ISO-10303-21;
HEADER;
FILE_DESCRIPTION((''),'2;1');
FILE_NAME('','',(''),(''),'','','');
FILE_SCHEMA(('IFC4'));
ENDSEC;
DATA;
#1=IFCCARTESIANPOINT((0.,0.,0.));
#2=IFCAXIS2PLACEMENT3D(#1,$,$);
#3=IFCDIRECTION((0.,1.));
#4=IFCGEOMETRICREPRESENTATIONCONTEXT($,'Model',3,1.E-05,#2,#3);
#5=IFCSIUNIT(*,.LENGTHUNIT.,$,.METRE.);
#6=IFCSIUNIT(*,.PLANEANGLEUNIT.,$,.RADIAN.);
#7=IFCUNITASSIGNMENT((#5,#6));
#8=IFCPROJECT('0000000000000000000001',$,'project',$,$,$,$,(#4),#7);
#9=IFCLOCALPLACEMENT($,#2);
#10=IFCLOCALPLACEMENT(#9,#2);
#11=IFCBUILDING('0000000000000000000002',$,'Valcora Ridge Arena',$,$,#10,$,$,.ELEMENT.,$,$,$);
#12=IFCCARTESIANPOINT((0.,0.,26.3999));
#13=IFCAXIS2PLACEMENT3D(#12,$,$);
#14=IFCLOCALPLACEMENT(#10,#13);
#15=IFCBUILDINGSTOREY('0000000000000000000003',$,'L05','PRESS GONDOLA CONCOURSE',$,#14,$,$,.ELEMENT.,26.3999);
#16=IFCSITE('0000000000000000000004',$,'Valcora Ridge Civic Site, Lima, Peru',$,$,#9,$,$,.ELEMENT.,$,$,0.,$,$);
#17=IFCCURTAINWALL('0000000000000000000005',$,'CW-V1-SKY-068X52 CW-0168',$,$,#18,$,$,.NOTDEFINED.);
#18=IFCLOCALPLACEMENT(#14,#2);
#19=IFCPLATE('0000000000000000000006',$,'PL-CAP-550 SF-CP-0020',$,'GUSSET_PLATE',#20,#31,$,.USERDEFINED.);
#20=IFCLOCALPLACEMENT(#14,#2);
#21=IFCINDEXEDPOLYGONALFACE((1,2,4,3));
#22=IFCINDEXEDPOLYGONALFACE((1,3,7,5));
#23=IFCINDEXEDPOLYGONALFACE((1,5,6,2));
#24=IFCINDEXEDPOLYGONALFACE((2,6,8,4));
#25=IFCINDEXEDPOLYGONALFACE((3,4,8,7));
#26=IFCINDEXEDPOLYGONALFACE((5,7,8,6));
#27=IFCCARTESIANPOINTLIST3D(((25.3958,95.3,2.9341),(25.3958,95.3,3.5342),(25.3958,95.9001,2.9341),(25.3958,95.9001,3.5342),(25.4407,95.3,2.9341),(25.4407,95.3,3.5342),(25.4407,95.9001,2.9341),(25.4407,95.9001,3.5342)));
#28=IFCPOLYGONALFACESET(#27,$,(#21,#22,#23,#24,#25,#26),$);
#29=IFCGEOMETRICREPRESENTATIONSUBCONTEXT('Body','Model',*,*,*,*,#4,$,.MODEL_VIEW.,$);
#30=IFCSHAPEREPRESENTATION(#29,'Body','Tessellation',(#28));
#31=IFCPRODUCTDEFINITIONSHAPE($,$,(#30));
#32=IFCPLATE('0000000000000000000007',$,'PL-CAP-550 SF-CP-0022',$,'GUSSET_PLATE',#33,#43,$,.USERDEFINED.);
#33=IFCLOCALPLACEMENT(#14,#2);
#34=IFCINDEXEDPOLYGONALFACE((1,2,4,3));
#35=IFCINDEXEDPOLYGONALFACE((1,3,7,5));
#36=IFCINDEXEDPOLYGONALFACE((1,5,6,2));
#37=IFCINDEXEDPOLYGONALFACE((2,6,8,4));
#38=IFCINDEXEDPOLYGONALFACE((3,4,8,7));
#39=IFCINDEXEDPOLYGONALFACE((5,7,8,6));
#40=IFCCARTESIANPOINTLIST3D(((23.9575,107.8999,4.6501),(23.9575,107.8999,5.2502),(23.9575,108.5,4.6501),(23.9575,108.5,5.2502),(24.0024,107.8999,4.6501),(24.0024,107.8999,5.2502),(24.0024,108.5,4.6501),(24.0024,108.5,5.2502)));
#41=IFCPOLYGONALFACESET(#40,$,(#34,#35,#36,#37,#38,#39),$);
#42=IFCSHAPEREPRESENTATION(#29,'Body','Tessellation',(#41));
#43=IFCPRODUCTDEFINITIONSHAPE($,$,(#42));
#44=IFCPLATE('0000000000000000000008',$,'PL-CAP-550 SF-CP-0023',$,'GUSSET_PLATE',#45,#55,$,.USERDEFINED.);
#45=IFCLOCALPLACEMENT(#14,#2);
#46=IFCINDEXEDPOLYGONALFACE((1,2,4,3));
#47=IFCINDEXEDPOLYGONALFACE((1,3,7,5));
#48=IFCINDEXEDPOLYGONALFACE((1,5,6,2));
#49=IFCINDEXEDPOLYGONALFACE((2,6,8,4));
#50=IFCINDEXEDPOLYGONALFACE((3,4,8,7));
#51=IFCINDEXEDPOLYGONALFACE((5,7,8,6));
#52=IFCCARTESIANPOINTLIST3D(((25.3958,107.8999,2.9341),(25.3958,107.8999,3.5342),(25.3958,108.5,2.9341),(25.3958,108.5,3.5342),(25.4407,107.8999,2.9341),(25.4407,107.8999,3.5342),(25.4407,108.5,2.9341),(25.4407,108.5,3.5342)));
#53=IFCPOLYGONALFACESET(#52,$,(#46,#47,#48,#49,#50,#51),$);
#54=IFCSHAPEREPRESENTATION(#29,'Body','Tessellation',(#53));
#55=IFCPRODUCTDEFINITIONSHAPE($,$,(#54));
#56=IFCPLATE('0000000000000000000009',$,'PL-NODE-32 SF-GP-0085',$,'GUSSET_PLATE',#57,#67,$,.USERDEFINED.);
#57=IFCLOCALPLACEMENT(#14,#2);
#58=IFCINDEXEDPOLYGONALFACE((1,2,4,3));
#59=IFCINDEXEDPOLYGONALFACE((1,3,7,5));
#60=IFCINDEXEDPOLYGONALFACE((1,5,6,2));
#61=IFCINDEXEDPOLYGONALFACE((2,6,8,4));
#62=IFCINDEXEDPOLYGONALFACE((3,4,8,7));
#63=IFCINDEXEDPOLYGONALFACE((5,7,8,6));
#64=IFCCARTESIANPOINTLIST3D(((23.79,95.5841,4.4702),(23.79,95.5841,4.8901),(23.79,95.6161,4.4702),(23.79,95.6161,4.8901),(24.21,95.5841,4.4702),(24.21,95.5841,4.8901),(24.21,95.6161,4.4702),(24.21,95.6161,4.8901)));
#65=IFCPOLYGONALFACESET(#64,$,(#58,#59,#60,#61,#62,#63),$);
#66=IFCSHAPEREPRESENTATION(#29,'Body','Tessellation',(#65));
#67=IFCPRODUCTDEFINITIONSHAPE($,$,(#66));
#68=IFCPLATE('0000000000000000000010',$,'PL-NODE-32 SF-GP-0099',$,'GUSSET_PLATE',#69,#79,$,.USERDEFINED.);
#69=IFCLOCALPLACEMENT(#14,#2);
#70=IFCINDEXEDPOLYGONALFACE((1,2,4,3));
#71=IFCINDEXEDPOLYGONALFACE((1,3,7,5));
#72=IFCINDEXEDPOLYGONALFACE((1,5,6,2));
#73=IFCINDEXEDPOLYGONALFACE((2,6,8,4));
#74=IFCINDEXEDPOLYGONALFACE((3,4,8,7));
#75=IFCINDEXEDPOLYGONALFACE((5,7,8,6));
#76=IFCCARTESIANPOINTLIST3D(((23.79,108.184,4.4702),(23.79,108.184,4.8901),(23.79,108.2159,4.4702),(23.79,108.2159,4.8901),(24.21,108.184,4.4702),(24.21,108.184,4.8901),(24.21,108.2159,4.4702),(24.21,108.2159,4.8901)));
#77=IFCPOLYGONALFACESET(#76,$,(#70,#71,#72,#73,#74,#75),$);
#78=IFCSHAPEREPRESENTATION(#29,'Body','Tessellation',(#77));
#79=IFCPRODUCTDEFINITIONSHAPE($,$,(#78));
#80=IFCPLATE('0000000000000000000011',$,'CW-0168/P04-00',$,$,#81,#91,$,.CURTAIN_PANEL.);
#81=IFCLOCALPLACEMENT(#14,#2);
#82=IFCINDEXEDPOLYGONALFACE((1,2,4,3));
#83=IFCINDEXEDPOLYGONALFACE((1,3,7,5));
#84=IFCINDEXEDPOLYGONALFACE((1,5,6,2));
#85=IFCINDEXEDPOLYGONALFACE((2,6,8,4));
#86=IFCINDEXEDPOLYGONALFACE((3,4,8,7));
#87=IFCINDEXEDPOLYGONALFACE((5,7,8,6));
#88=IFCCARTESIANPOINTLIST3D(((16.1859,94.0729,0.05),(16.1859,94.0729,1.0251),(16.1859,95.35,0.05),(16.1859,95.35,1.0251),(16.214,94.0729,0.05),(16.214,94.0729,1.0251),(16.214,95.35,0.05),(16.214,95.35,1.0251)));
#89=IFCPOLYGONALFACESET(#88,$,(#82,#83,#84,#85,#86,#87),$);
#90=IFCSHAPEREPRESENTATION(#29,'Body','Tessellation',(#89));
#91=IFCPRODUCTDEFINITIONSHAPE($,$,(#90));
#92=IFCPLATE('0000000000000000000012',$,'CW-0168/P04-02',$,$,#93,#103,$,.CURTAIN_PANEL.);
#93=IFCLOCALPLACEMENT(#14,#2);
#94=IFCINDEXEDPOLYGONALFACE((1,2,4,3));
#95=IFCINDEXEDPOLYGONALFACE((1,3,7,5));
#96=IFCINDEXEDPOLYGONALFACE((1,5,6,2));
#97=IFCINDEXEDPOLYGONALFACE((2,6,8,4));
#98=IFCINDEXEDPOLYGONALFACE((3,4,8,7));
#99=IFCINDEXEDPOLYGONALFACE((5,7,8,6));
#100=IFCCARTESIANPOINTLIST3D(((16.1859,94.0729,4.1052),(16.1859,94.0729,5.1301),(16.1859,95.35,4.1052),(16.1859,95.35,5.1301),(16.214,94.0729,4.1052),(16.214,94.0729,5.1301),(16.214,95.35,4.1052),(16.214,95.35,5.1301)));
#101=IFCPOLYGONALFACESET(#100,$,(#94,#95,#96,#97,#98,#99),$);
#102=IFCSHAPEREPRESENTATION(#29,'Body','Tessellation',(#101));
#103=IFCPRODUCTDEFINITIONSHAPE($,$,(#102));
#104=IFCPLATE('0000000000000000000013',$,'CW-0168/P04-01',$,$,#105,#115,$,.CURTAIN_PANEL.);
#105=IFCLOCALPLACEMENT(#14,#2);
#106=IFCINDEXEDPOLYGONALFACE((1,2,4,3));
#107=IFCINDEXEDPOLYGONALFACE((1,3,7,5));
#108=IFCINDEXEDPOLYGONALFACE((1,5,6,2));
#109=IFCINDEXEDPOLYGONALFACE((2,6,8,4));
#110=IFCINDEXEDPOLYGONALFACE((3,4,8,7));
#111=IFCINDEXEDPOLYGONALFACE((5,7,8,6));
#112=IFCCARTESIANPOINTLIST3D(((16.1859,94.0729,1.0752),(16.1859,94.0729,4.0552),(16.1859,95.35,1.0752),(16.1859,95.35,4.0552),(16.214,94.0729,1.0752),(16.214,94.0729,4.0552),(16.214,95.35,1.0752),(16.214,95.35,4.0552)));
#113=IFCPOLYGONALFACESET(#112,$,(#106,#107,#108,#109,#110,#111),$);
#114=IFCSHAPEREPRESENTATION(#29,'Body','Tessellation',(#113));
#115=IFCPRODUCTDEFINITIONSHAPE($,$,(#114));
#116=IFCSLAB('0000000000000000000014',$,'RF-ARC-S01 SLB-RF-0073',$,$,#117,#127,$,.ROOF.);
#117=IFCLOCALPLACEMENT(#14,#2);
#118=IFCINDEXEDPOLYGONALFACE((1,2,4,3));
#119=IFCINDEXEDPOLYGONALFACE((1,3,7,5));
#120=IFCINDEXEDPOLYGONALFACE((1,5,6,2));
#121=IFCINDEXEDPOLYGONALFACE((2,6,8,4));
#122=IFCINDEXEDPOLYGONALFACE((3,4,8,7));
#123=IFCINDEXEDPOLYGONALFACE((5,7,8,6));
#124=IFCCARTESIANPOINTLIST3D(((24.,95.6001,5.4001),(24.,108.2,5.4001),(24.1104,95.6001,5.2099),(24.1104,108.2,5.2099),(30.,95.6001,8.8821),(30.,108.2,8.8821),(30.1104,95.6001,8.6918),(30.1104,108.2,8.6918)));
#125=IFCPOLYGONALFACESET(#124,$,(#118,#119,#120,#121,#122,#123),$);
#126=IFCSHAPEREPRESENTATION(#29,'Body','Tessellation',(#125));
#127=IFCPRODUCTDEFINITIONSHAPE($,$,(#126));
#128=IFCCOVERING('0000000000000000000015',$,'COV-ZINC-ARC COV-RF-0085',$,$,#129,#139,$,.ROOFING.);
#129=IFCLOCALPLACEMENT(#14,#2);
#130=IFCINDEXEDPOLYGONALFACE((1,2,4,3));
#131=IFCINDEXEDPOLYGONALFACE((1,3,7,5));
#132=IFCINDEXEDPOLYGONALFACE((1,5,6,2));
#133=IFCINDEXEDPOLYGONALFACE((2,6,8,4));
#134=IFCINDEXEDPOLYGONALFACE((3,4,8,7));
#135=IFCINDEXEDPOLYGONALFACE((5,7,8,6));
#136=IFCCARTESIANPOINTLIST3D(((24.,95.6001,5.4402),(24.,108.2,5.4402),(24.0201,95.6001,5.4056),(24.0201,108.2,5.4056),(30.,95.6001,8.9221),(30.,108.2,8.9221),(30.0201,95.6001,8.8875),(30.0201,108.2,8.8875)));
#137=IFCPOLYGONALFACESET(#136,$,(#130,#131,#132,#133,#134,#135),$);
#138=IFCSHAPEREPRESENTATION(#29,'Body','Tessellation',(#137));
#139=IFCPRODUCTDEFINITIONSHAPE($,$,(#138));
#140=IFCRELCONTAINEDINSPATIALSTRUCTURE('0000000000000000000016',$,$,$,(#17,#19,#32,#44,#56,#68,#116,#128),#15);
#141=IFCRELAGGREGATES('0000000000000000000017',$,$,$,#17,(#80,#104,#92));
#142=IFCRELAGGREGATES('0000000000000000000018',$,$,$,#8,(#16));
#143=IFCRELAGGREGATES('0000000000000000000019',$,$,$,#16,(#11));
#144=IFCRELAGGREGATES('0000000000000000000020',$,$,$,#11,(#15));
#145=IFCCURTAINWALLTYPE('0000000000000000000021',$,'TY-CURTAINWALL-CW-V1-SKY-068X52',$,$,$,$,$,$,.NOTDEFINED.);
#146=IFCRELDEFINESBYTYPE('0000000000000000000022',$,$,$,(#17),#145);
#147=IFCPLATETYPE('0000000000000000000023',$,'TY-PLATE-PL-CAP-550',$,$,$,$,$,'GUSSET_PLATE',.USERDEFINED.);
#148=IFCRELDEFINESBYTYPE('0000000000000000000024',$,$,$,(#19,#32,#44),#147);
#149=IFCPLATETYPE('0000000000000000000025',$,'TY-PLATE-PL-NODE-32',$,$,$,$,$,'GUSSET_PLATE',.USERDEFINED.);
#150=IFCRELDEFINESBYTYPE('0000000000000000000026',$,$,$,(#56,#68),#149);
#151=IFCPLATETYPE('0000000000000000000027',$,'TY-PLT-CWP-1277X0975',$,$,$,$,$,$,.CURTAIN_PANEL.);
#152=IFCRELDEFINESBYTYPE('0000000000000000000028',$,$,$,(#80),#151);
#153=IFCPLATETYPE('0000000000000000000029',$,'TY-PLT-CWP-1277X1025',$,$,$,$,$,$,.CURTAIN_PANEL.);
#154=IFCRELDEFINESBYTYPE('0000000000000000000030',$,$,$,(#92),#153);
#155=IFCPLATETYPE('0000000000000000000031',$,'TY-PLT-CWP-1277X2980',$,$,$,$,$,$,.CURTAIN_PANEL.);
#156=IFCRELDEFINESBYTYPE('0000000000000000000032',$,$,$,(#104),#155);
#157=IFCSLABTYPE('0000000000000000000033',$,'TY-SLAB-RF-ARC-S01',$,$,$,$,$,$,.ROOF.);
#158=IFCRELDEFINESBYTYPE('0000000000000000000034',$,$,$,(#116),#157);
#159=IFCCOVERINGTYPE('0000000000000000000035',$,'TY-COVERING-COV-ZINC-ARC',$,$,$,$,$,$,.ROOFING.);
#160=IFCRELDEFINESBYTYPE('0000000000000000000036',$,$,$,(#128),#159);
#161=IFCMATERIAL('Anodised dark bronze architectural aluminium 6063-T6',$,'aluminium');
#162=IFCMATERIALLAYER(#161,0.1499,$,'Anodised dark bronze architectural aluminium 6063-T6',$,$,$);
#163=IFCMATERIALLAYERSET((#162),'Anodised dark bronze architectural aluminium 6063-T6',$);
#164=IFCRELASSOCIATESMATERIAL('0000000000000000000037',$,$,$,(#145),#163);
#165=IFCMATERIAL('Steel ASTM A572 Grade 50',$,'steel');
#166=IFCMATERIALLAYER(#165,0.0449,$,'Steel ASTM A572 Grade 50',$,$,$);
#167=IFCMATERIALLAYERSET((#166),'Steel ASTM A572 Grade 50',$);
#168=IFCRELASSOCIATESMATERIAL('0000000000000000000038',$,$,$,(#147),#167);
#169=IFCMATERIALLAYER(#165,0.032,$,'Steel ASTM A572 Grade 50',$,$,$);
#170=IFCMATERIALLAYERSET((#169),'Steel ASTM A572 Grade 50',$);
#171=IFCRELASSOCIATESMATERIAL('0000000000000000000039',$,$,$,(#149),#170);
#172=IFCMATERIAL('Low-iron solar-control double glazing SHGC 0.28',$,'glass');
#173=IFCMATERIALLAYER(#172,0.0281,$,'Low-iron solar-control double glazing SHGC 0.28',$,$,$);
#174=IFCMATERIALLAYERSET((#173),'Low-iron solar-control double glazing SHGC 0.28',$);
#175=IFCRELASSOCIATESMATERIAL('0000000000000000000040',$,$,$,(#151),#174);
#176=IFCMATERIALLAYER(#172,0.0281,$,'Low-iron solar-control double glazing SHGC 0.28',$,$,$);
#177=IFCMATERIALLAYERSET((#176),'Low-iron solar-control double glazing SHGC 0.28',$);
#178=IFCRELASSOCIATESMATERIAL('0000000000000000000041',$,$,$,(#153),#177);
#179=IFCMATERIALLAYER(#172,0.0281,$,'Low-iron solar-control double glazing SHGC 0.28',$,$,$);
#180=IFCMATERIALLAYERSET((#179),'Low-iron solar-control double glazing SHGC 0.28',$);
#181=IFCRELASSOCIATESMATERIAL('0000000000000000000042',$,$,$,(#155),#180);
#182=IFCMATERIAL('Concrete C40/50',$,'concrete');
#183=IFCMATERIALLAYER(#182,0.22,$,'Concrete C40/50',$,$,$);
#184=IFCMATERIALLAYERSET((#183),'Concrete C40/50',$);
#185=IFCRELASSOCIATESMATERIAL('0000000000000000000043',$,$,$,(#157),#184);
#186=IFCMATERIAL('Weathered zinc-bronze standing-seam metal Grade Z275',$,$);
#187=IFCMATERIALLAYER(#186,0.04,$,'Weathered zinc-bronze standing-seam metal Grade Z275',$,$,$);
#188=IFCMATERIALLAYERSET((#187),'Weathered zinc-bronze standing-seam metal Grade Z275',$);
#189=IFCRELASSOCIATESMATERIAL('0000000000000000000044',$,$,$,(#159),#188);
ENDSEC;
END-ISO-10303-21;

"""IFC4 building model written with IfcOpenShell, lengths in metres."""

from ifc_helpers import new_model, si_unit, direction, frame, origin, origin_2d, place, context, subcontext, project, spatial, polyline, rectangle, outline, extrude, material, layer, layer_set, type_object, element, aggregate, save


model = new_model("IFC4")

# Units and contexts
model_context = context("Model", 3, precision=1e-05, world=origin(), true_north=direction((0.0, 1.0)))
body_context = subcontext(model_context, "Body", "Model", "MODEL_VIEW")
ifc_project = project(units=[si_unit("LENGTHUNIT", "METRE"), si_unit("PLANEANGLEUNIT", "RADIAN")], contexts=[model_context])

# Site, building, storey
site_placement = place(None, origin())
site = spatial("IfcSite", under=ifc_project, at=site_placement, Name="Valcora Ridge Civic Site, Lima, Peru", CompositionType="ELEMENT", RefElevation=0.0)
building_placement = place(site_placement, origin())
building = spatial("IfcBuilding", under=site, at=building_placement, Name="Valcora Ridge Arena", CompositionType="ELEMENT")
storey_placement = place(building_placement, frame((0.0, 0.0, 26.3999)))
storey = spatial("IfcBuildingStorey", under=building, at=storey_placement, Name="L05", Description="PRESS GONDOLA CONCOURSE", CompositionType="ELEMENT", Elevation=26.3999)

# Curtain wall
ifc_material_1 = material(Name="Anodised dark bronze architectural aluminium 6063-T6", Category="aluminium")
ifc_layer_1 = layer(ifc_material_1, 0.1499, Name="Anodised dark bronze architectural aluminium 6063-T6")
ifc_layer_set_1 = layer_set([ifc_layer_1], Name="Anodised dark bronze architectural aluminium 6063-T6")
curtain_wall_type = type_object("IfcCurtainWallType", Name="TY-CURTAINWALL-CW-V1-SKY-068X52", PredefinedType="NOTDEFINED", material=ifc_layer_set_1)
curtain_wall_placement = place(storey_placement, origin())
curtain_wall = element("IfcCurtainWall", 1, at=curtain_wall_placement, inside=storey, type_object=curtain_wall_type, Name="CW-V1-SKY-068X52 CW-0168", PredefinedType="NOTDEFINED")

# Shared definitions
ifc_material_2 = material(Name="Steel ASTM A572 Grade 50", Category="steel")

# Plates
ifc_layer_2 = layer(ifc_material_2, 0.0449, Name="Steel ASTM A572 Grade 50")
ifc_layer_set_2 = layer_set([ifc_layer_2], Name="Steel ASTM A572 Grade 50")
plate_type_1 = type_object("IfcPlateType", Name="TY-PLATE-PL-CAP-550", ElementType="GUSSET_PLATE", PredefinedType="USERDEFINED", material=ifc_layer_set_2)
for number, where, z_axis, x_axis, name in (
    (2, (25.4182, 95.6001, 2.9341), (0.0, 0.0, 1.0), (1.0, 0.0, 0.0), "PL-CAP-550 SF-CP-0020"),
    (3, (23.98, 108.2, 4.6501), (0.0, 0.0, 1.0), (1.0, 0.0, 0.0), "PL-CAP-550 SF-CP-0022"),
    (4, (25.4182, 108.2, 2.9341), (0.0, 0.0, 1.0), (1.0, 0.0, 0.0), "PL-CAP-550 SF-CP-0023"),
):
    element("IfcPlate", number, at=place(storey_placement, frame(where, z_axis=z_axis, x_axis=x_axis)), inside=storey, type_object=plate_type_1, Name=name, ObjectType="GUSSET_PLATE", PredefinedType="USERDEFINED", context=body_context, shape_type="SweptSolid", body=[
        extrude(rectangle(XDim=0.0449, YDim=0.6001, at=origin_2d()), origin(), (0.0, 0.0, 1.0), 0.6001),
    ])
ifc_layer_3 = layer(ifc_material_2, 0.032, Name="Steel ASTM A572 Grade 50")
ifc_layer_set_3 = layer_set([ifc_layer_3], Name="Steel ASTM A572 Grade 50")
plate_type_2 = type_object("IfcPlateType", Name="TY-PLATE-PL-NODE-32", ElementType="GUSSET_PLATE", PredefinedType="USERDEFINED", material=ifc_layer_set_3)
for number, where, z_axis, x_axis, name in (
    (5, (24.0, 95.6001, 4.4702), (0.0, 0.0, 1.0), (1.0, 0.0, 0.0), "PL-NODE-32 SF-GP-0085"),
    (6, (24.0, 108.2, 4.4702), (0.0, 0.0, 1.0), (1.0, 0.0, 0.0), "PL-NODE-32 SF-GP-0099"),
):
    element("IfcPlate", number, at=place(storey_placement, frame(where, z_axis=z_axis, x_axis=x_axis)), inside=storey, type_object=plate_type_2, Name=name, ObjectType="GUSSET_PLATE", PredefinedType="USERDEFINED", context=body_context, shape_type="SweptSolid", body=[
        extrude(rectangle(XDim=0.4199, YDim=0.032, at=origin_2d()), origin(), (0.0, 0.0, 1.0), 0.4199),
    ])

# Plates
ifc_material_3 = material(Name="Low-iron solar-control double glazing SHGC 0.28", Category="glass")
ifc_layer_4 = layer(ifc_material_3, 0.0281, Name="Low-iron solar-control double glazing SHGC 0.28")
ifc_layer_set_4 = layer_set([ifc_layer_4], Name="Low-iron solar-control double glazing SHGC 0.28")
plate_type_3 = type_object("IfcPlateType", Name="TY-PLT-CWP-1277X0975", PredefinedType="CURTAIN_PANEL", material=ifc_layer_set_4)
plate_1_placement = place(storey_placement, frame((16.2, 94.7114, 0.05), z_axis=(0.0, 0.0, 1.0), x_axis=(0.0, 1.0, 0.0)))
plate_1 = element("IfcPlate", 7, at=plate_1_placement, type_object=plate_type_3, Name="CW-0168/P04-00", PredefinedType="CURTAIN_PANEL", context=body_context, shape_type="SweptSolid", body=[
    extrude(rectangle(XDim=1.2771, YDim=0.0281, at=origin_2d()), origin(), (0.0, 0.0, 1.0), 0.9751),
])
ifc_layer_5 = layer(ifc_material_3, 0.0281, Name="Low-iron solar-control double glazing SHGC 0.28")
ifc_layer_set_5 = layer_set([ifc_layer_5], Name="Low-iron solar-control double glazing SHGC 0.28")
plate_type_4 = type_object("IfcPlateType", Name="TY-PLT-CWP-1277X1025", PredefinedType="CURTAIN_PANEL", material=ifc_layer_set_5)
plate_2_placement = place(storey_placement, frame((16.2, 94.7114, 4.1052), z_axis=(0.0, 0.0, 1.0), x_axis=(0.0, 1.0, 0.0)))
plate_2 = element("IfcPlate", 8, at=plate_2_placement, type_object=plate_type_4, Name="CW-0168/P04-02", PredefinedType="CURTAIN_PANEL", context=body_context, shape_type="SweptSolid", body=[
    extrude(rectangle(XDim=1.2771, YDim=0.0281, at=origin_2d()), origin(), (0.0, 0.0, 1.0), 1.0249),
])
ifc_layer_6 = layer(ifc_material_3, 0.0281, Name="Low-iron solar-control double glazing SHGC 0.28")
ifc_layer_set_6 = layer_set([ifc_layer_6], Name="Low-iron solar-control double glazing SHGC 0.28")
plate_type_5 = type_object("IfcPlateType", Name="TY-PLT-CWP-1277X2980", PredefinedType="CURTAIN_PANEL", material=ifc_layer_set_6)
plate_3_placement = place(storey_placement, frame((16.2, 94.7114, 1.0752), z_axis=(0.0, 0.0, 1.0), x_axis=(0.0, 1.0, 0.0)))
plate_3 = element("IfcPlate", 9, at=plate_3_placement, type_object=plate_type_5, Name="CW-0168/P04-01", PredefinedType="CURTAIN_PANEL", context=body_context, shape_type="SweptSolid", body=[
    extrude(rectangle(XDim=1.2771, YDim=0.0281, at=origin_2d()), origin(), (0.0, 0.0, 1.0), 2.98),
])
aggregate(curtain_wall, [plate_1, plate_3, plate_2])

# Slab
ifc_material_4 = material(Name="Concrete C40/50", Category="concrete")
ifc_layer_7 = layer(ifc_material_4, 0.22, Name="Concrete C40/50")
ifc_layer_set_7 = layer_set([ifc_layer_7], Name="Concrete C40/50")
slab_type = type_object("IfcSlabType", Name="TY-SLAB-RF-ARC-S01", PredefinedType="ROOF", material=ifc_layer_set_7)
slab_placement = place(storey_placement, frame((24.0, 95.6001, 5.4001), z_axis=(-0.501927, 0.0, 0.86491), x_axis=(0.86491, 0.0, 0.501927)))
element("IfcSlab", 10, at=slab_placement, inside=storey, type_object=slab_type, Name="RF-ARC-S01 SLB-RF-0073", PredefinedType="ROOF", context=body_context, shape_type="SweptSolid", body=[
    extrude(outline(polyline([(0.0, 0.0), (6.9371, 0.0), (6.9371, 12.5999), (0.0, 12.5999), (0.0, 0.0)])), origin(), (0.0, 0.0, -1.0), 0.22),
])

# Covering
ifc_material_5 = material(Name="Weathered zinc-bronze standing-seam metal Grade Z275")
ifc_layer_8 = layer(ifc_material_5, 0.04, Name="Weathered zinc-bronze standing-seam metal Grade Z275")
ifc_layer_set_8 = layer_set([ifc_layer_8], Name="Weathered zinc-bronze standing-seam metal Grade Z275")
covering_type = type_object("IfcCoveringType", Name="TY-COVERING-COV-ZINC-ARC", PredefinedType="ROOFING", material=ifc_layer_set_8)
covering_placement = place(storey_placement, frame((24.0, 95.6001, 5.4402), z_axis=(-0.501927, 0.0, 0.86491), x_axis=(0.86491, 0.0, 0.501927)))
element("IfcCovering", 11, at=covering_placement, inside=storey, type_object=covering_type, Name="COV-ZINC-ARC COV-RF-0085", PredefinedType="ROOFING", context=body_context, shape_type="SweptSolid", body=[
    extrude(outline(polyline([(0.0, 0.0), (6.9371, 0.0), (6.9371, 12.5999), (0.0, 12.5999), (0.0, 0.0)])), origin(), (0.0, 0.0, -1.0), 0.04),
])

save(model, "model.ifc")
